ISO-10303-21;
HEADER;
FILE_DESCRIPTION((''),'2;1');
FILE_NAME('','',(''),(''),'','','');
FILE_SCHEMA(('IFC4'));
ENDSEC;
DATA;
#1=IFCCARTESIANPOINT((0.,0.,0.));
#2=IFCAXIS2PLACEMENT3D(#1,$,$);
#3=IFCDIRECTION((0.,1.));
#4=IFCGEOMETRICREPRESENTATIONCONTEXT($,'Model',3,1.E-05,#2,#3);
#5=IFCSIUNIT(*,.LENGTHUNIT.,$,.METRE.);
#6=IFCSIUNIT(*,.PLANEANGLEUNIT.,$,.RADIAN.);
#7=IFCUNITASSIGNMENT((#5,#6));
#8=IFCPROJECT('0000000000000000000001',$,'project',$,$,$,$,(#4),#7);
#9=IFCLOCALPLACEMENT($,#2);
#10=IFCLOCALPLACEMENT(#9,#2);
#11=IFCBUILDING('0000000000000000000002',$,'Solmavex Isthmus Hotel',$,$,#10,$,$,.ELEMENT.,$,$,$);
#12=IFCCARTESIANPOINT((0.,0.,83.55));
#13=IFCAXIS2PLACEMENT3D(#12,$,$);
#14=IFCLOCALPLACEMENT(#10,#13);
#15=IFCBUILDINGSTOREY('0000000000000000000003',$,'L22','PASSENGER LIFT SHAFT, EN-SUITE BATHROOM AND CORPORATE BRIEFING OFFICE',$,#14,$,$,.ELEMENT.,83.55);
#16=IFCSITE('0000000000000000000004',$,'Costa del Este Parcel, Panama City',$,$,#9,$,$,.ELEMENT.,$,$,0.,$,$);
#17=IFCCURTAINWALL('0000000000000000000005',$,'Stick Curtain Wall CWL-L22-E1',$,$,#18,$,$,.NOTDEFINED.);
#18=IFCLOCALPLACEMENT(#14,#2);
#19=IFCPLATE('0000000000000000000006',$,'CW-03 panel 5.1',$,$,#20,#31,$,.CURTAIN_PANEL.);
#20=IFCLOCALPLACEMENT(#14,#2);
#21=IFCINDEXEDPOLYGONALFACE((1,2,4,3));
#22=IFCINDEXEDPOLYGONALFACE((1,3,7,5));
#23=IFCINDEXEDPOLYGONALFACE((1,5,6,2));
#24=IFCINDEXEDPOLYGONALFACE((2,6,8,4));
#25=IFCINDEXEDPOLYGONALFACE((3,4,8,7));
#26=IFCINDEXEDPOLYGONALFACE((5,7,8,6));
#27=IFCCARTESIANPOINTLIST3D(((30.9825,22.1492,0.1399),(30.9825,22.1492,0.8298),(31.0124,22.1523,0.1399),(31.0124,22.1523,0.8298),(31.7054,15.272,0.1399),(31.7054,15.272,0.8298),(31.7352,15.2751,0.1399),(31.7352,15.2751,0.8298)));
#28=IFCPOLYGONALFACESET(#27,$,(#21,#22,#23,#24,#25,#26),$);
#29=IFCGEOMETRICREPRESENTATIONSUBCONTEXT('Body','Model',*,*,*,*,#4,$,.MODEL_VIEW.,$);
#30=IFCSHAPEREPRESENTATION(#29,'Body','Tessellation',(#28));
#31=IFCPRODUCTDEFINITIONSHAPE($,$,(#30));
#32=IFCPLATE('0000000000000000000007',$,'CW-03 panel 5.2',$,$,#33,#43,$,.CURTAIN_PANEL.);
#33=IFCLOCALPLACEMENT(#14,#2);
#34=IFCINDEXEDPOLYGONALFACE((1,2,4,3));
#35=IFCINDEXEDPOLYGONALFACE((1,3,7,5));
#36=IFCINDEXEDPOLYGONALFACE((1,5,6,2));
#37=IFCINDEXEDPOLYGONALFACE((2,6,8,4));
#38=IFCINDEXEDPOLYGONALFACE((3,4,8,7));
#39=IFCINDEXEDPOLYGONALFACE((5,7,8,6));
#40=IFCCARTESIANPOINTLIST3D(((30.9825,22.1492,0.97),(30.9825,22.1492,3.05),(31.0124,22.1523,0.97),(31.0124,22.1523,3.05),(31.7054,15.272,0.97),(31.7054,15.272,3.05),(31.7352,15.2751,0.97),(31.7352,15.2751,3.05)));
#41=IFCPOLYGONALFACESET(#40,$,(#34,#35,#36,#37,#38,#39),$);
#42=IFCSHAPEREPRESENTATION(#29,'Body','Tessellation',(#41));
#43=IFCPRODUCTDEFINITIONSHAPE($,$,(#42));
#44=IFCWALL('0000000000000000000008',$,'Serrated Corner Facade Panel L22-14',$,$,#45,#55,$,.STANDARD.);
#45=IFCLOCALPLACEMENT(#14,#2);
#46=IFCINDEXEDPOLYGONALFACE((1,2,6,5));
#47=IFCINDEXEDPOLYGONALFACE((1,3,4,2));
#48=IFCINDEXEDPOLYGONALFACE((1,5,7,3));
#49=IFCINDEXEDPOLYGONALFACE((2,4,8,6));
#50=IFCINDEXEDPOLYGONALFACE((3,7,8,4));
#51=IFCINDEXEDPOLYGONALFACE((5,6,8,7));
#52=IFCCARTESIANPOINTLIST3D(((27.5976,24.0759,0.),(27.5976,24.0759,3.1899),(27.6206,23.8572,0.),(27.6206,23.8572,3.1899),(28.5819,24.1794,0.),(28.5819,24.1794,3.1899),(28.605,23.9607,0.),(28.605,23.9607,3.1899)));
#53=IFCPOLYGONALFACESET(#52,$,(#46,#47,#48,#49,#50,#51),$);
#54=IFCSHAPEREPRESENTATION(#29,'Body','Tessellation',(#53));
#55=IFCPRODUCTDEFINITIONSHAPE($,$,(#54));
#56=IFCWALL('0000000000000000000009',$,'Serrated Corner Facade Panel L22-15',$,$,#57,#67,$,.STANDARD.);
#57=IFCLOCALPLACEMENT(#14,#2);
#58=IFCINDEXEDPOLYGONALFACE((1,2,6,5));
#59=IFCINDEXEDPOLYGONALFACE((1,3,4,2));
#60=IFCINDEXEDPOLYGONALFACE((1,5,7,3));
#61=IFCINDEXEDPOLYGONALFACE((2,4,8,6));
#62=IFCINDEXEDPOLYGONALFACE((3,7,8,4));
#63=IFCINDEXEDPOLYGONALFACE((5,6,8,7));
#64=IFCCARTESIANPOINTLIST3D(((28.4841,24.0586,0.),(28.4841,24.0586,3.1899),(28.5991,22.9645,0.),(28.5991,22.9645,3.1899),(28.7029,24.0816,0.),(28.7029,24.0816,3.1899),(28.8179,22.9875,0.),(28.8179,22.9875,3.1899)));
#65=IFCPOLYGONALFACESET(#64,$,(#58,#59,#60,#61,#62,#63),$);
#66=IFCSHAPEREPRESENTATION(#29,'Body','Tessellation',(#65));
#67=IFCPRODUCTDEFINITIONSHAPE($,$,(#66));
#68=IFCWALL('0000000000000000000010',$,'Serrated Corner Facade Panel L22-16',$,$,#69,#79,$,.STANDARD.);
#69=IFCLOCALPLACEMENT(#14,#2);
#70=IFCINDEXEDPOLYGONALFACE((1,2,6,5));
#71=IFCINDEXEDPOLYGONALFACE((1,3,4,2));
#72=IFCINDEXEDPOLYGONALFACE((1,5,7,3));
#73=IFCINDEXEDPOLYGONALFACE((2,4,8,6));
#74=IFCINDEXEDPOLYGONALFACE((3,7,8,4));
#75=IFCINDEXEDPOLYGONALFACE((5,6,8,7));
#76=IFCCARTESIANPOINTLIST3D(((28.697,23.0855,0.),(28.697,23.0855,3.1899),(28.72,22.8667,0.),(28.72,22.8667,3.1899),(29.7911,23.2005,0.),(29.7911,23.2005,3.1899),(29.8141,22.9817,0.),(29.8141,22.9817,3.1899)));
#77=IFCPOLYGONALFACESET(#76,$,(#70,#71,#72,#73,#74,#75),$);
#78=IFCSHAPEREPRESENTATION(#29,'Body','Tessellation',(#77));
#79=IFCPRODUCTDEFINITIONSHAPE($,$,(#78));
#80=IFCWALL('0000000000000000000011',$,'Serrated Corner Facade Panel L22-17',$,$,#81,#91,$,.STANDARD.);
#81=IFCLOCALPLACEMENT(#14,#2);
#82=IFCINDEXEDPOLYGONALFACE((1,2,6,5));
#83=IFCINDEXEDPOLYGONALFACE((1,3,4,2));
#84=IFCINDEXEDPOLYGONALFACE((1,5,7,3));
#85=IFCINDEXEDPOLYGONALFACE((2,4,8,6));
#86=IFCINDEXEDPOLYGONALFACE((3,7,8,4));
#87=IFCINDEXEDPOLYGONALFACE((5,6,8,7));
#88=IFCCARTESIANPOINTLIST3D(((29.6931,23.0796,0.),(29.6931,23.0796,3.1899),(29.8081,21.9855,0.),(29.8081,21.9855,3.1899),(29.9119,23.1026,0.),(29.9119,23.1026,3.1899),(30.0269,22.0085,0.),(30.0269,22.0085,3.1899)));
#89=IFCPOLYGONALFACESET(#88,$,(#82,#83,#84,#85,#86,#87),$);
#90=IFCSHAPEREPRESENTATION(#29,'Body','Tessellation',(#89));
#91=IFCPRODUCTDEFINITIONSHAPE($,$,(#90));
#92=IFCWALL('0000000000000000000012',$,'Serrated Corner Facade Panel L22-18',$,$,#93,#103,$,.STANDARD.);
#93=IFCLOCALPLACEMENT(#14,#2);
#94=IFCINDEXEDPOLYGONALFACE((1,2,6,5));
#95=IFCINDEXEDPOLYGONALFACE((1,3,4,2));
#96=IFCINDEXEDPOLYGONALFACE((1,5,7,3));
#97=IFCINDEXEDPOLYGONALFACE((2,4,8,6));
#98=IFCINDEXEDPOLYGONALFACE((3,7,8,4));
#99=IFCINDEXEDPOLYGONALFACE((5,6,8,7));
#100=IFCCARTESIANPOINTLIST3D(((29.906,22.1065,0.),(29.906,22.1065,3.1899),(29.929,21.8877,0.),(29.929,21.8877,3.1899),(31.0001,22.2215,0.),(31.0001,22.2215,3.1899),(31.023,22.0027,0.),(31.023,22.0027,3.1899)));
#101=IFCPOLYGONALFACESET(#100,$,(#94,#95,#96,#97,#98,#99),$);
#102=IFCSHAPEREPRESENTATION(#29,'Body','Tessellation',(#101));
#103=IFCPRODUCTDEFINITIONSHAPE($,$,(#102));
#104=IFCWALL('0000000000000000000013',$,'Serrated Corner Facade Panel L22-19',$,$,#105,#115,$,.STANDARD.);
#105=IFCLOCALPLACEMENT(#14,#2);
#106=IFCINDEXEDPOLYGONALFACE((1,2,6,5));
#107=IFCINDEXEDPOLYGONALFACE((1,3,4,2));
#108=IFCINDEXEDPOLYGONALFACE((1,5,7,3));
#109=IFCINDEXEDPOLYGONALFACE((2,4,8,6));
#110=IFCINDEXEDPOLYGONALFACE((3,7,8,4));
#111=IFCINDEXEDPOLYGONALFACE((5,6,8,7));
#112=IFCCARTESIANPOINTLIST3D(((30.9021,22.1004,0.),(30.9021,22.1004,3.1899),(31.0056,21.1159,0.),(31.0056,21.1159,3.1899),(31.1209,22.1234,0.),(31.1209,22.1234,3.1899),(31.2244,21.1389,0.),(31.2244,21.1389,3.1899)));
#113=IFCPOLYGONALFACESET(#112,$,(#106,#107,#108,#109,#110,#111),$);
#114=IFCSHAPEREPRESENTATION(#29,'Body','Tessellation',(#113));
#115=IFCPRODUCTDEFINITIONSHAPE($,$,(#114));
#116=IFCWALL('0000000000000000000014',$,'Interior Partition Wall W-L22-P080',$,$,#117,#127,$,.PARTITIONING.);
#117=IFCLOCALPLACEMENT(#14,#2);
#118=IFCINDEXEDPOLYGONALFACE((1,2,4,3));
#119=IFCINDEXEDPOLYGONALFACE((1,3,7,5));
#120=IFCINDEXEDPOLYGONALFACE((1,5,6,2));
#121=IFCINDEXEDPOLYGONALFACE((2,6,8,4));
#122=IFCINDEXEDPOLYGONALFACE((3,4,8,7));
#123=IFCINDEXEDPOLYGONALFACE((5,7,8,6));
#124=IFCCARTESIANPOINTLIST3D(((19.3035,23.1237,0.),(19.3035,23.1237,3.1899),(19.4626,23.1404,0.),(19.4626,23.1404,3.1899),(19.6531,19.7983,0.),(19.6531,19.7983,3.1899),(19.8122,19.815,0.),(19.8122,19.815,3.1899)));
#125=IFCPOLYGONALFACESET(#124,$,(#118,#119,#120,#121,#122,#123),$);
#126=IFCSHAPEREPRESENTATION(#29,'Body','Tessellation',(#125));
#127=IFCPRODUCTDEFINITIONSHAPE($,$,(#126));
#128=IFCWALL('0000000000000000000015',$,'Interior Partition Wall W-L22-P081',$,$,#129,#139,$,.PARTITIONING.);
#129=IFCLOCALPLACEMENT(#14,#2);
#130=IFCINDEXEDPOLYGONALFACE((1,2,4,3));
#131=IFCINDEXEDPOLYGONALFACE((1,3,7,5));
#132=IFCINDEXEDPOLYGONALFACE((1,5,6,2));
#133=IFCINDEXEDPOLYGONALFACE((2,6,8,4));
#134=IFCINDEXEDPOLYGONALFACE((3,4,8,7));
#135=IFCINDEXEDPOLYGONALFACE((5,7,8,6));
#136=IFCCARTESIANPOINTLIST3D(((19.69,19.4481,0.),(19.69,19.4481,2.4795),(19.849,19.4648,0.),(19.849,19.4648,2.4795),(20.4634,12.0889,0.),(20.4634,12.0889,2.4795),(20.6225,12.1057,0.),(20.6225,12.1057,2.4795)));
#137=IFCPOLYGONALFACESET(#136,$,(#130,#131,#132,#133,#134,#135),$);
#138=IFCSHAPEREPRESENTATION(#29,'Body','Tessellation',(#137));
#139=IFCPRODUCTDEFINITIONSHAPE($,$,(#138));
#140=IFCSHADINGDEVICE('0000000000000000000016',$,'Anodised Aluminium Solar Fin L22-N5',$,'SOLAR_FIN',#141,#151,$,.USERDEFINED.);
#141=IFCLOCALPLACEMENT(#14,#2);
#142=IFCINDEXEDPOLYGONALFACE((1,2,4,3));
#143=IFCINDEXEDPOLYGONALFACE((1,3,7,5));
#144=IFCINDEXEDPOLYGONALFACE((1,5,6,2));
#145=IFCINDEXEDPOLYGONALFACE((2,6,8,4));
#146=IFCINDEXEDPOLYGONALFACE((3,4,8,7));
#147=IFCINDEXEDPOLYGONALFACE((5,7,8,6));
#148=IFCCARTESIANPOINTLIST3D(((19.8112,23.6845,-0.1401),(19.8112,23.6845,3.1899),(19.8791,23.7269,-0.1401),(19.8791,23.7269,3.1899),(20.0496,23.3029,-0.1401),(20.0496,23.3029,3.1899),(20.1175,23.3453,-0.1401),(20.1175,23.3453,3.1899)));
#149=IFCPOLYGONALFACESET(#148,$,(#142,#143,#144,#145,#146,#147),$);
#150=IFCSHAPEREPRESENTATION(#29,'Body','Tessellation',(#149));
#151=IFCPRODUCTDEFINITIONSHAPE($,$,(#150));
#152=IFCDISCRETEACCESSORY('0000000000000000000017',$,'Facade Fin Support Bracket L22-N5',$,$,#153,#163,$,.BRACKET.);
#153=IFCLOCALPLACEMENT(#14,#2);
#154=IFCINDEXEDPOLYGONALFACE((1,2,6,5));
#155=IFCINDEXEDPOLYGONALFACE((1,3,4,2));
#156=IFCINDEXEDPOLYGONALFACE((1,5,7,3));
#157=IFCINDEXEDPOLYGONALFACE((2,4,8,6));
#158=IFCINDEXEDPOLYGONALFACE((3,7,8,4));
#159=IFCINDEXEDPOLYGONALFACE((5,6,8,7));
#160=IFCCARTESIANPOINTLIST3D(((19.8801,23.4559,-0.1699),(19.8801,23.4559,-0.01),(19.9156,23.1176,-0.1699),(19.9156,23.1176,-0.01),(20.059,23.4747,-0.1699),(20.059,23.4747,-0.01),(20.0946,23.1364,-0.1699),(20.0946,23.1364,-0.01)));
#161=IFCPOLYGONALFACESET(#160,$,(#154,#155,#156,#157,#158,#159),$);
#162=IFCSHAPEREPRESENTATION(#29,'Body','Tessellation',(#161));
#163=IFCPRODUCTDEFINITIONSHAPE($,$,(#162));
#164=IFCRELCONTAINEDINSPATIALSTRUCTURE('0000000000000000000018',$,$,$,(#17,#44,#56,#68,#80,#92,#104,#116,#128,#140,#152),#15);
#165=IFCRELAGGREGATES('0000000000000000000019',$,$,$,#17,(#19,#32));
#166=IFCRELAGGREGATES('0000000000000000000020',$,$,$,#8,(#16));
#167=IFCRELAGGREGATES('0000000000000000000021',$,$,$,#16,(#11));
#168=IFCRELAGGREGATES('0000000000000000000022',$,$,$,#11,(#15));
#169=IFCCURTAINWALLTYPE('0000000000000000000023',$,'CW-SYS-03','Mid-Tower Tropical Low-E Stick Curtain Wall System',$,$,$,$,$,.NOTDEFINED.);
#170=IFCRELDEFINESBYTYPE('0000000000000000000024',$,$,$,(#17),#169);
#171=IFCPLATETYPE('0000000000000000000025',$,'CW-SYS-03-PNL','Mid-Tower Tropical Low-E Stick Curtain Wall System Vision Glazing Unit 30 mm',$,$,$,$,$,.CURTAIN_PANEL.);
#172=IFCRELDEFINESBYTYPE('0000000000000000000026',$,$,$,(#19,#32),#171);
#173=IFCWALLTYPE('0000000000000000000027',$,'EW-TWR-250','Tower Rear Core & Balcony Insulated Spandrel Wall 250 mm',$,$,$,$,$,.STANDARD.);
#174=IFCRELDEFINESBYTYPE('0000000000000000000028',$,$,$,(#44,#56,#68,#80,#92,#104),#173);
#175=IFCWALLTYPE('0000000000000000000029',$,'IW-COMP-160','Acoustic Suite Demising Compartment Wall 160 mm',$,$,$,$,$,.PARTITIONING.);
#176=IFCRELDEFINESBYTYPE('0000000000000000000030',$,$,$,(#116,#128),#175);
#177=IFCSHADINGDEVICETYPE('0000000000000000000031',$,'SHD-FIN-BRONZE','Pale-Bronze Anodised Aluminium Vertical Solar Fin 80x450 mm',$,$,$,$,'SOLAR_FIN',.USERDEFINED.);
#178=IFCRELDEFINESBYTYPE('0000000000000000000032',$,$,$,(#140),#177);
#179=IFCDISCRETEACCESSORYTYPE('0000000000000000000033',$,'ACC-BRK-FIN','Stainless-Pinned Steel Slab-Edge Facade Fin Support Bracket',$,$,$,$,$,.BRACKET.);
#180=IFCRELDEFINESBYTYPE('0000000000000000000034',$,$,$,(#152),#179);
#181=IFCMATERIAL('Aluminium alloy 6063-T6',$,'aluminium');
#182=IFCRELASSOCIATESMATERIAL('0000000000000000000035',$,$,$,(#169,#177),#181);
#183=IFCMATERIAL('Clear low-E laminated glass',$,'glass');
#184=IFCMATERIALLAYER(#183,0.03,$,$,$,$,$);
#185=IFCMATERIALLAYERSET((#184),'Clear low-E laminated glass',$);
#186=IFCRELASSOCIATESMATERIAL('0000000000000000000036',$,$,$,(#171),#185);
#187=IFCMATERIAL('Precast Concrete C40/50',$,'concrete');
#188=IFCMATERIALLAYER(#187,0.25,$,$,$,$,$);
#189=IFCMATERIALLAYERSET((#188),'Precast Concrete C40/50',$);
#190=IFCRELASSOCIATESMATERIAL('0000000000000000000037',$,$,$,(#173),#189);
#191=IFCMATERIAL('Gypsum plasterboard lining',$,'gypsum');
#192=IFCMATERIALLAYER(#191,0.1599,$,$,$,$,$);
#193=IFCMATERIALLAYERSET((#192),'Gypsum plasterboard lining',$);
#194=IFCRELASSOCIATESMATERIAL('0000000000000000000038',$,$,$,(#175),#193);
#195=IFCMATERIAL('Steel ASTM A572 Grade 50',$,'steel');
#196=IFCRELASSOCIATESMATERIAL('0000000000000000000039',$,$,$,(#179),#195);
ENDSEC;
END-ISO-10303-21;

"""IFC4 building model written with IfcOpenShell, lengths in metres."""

from ifc_helpers import new_model, si_unit, direction, frame, frame_2d, origin, origin_2d, place, context, subcontext, project, spatial, rectangle, extrude, material, layer, layer_set, type_object, element, aggregate, save


model = new_model("IFC4")

# Units and contexts
model_context = context("Model", 3, precision=1e-05, world=origin(), true_north=direction((0.0, 1.0)))
body_context = subcontext(model_context, "Body", "Model", "MODEL_VIEW")
ifc_project = project(units=[si_unit("LENGTHUNIT", "METRE"), si_unit("PLANEANGLEUNIT", "RADIAN")], contexts=[model_context])

# Site, building, storey
site_placement = place(None, origin())
site = spatial("IfcSite", under=ifc_project, at=site_placement, Name="Costa del Este Parcel, Panama City", CompositionType="ELEMENT", RefElevation=0.0)
building_placement = place(site_placement, origin())
building = spatial("IfcBuilding", under=site, at=building_placement, Name="Solmavex Isthmus Hotel", CompositionType="ELEMENT")
storey_placement = place(building_placement, frame((0.0, 0.0, 83.55)))
storey = spatial("IfcBuildingStorey", under=building, at=storey_placement, Name="L22", Description="PASSENGER LIFT SHAFT, EN-SUITE BATHROOM AND CORPORATE BRIEFING OFFICE", CompositionType="ELEMENT", Elevation=83.55)

# Curtain wall
ifc_material_1 = material(Name="Aluminium alloy 6063-T6", Category="aluminium")
curtain_wall_type = type_object("IfcCurtainWallType", Name="CW-SYS-03", Description="Mid-Tower Tropical Low-E Stick Curtain Wall System", PredefinedType="NOTDEFINED", material=ifc_material_1)
curtain_wall_1_placement = place(storey_placement, origin())
curtain_wall_1 = element("IfcCurtainWall", 1, at=curtain_wall_1_placement, inside=storey, type_object=curtain_wall_type, Name="Stick Curtain Wall CWL-L22-E1", PredefinedType="NOTDEFINED")

# Plates
ifc_material_2 = material(Name="Clear low-E laminated glass", Category="glass")
ifc_layer_1 = layer(ifc_material_2, 0.03)
ifc_layer_set_1 = layer_set([ifc_layer_1], Name="Clear low-E laminated glass")
plate_type = type_object("IfcPlateType", Name="CW-SYS-03-PNL", Description="Mid-Tower Tropical Low-E Stick Curtain Wall System Vision Glazing Unit 30 mm", PredefinedType="CURTAIN_PANEL", material=ifc_layer_set_1)
plate_1_placement = place(storey_placement, frame((31.3589, 18.7122, 0.1399), z_axis=(0.0, 0.0, 1.0), x_axis=(-0.104528, 0.994522, 0.0)))
plate_1 = element("IfcPlate", 2, at=plate_1_placement, type_object=plate_type, Name="CW-03 panel 5.1", PredefinedType="CURTAIN_PANEL", context=body_context, shape_type="SweptSolid", body=[
    extrude(rectangle(XDim=6.915, YDim=0.03, at=origin_2d()), origin(), (0.0, 0.0, 1.0), 0.6899),
])
plate_2_placement = place(storey_placement, frame((31.3589, 18.7122, 0.97), z_axis=(0.0, 0.0, 1.0), x_axis=(-0.104528, 0.994522, 0.0)))
plate_2 = element("IfcPlate", 3, at=plate_2_placement, type_object=plate_type, Name="CW-03 panel 5.2", PredefinedType="CURTAIN_PANEL", context=body_context, shape_type="SweptSolid", body=[
    extrude(rectangle(XDim=6.915, YDim=0.03, at=origin_2d()), origin(), (0.0, 0.0, 1.0), 2.0801),
])
aggregate(curtain_wall_1, [plate_1, plate_2])

# Walls
ifc_material_3 = material(Name="Precast Concrete C40/50", Category="concrete")
ifc_layer_2 = layer(ifc_material_3, 0.25)
ifc_layer_set_2 = layer_set([ifc_layer_2], Name="Precast Concrete C40/50")
wall_type_1 = type_object("IfcWallType", Name="EW-TWR-250", Description="Tower Rear Core & Balcony Insulated Spandrel Wall 250 mm", PredefinedType="STANDARD", material=ifc_layer_set_2)
wall_1_placement = place(storey_placement, frame((27.6091, 23.9666, 0.0), z_axis=(0.0, 0.0, 1.0), x_axis=(0.994516, 0.104582, 0.0)))
element("IfcWall", 4, at=wall_1_placement, inside=storey, type_object=wall_type_1, Name="Serrated Corner Facade Panel L22-14", PredefinedType="STANDARD", context=body_context, shape_type="SweptSolid", body=[
    extrude(rectangle(XDim=0.9897, YDim=0.22, at=frame_2d((0.4949, 0.0))), origin(), (0.0, 0.0, 1.0), 3.1899),
])
for number, where, z_axis, x_axis, name in (
    (5, (28.5935, 24.0701, 0.0), (0.0, 0.0, 1.0), (0.104535, -0.994521, 0.0), "Serrated Corner Facade Panel L22-15"),
    (6, (28.7085, 22.9761, 0.0), (0.0, 0.0, 1.0), (0.994521, 0.104535, 0.0), "Serrated Corner Facade Panel L22-16"),
    (7, (29.8025, 23.0911, 0.0), (0.0, 0.0, 1.0), (0.104535, -0.994521, 0.0), "Serrated Corner Facade Panel L22-17"),
    (8, (29.9175, 21.9971, 0.0), (0.0, 0.0, 1.0), (0.994521, 0.104535, 0.0), "Serrated Corner Facade Panel L22-18"),
):
    element("IfcWall", number, at=place(storey_placement, frame(where, z_axis=z_axis, x_axis=x_axis)), inside=storey, type_object=wall_type_1, Name=name, PredefinedType="STANDARD", context=body_context, shape_type="SweptSolid", body=[
        extrude(rectangle(XDim=1.1001, YDim=0.22, at=frame_2d((0.55, 0.0))), origin(), (0.0, 0.0, 1.0), 3.1899),
    ])
wall_2_placement = place(storey_placement, frame((31.0115, 22.1121, 0.0), z_axis=(0.0, 0.0, 1.0), x_axis=(0.104556, -0.994519, 0.0)))
element("IfcWall", 9, at=wall_2_placement, inside=storey, type_object=wall_type_1, Name="Serrated Corner Facade Panel L22-19", PredefinedType="STANDARD", context=body_context, shape_type="SweptSolid", body=[
    extrude(rectangle(XDim=0.99, YDim=0.22, at=frame_2d((0.4951, 0.0))), origin(), (0.0, 0.0, 1.0), 3.1899),
])
ifc_material_4 = material(Name="Gypsum plasterboard lining", Category="gypsum")
ifc_layer_3 = layer(ifc_material_4, 0.1599)
ifc_layer_set_3 = layer_set([ifc_layer_3], Name="Gypsum plasterboard lining")
wall_type_2 = type_object("IfcWallType", Name="IW-COMP-160", Description="Acoustic Suite Demising Compartment Wall 160 mm", PredefinedType="PARTITIONING", material=ifc_layer_set_3)
wall_3_placement = place(storey_placement, frame((19.3831, 23.1321, 0.0), z_axis=(0.0, 0.0, 1.0), x_axis=(0.104556, -0.994519, 0.0)))
element("IfcWall", 10, at=wall_3_placement, inside=storey, type_object=wall_type_2, Name="Interior Partition Wall W-L22-P080", PredefinedType="PARTITIONING", context=body_context, shape_type="SweptSolid", body=[
    extrude(rectangle(XDim=3.3438, YDim=0.1599, at=frame_2d((1.6719, 0.0))), origin(), (0.0, 0.0, 1.0), 3.1899),
])
wall_4_placement = place(storey_placement, frame((19.7695, 19.4563, 0.0), z_axis=(0.0, 0.0, 1.0), x_axis=(0.104523, -0.994522, 0.0)))
element("IfcWall", 11, at=wall_4_placement, inside=storey, type_object=wall_type_2, Name="Interior Partition Wall W-L22-P081", PredefinedType="PARTITIONING", context=body_context, shape_type="SweptSolid", body=[
    extrude(rectangle(XDim=7.3997, YDim=0.1599, at=frame_2d((3.6997, 0.0))), origin(), (0.0, 0.0, 1.0), 2.4795),
])

# Shading device
shading_device_type = type_object("IfcShadingDeviceType", Name="SHD-FIN-BRONZE", Description="Pale-Bronze Anodised Aluminium Vertical Solar Fin 80x450 mm", ElementType="SOLAR_FIN", PredefinedType="USERDEFINED", material=ifc_material_1)
shading_device_placement = place(storey_placement, frame((19.9644, 23.5149, -0.1401), z_axis=(0.0, 0.0, 1.0), x_axis=(-0.529919, 0.848048, 0.0)))
element("IfcShadingDevice", 12, at=shading_device_placement, inside=storey, type_object=shading_device_type, Name="Anodised Aluminium Solar Fin L22-N5", ObjectType="SOLAR_FIN", PredefinedType="USERDEFINED", context=body_context, shape_type="SweptSolid", body=[
    extrude(rectangle(XDim=0.45, YDim=0.0801, at=origin_2d()), origin(), (0.0, 0.0, 1.0), 3.3301),
])

# Discrete accessory
ifc_material_5 = material(Name="Steel ASTM A572 Grade 50", Category="steel")
discrete_accessory_type = type_object("IfcDiscreteAccessoryType", Name="ACC-BRK-FIN", Description="Stainless-Pinned Steel Slab-Edge Facade Fin Support Bracket", PredefinedType="BRACKET", material=ifc_material_5)
discrete_accessory_placement = place(storey_placement, frame((19.9873, 23.2961, -0.1699), z_axis=(0.0, 0.0, 1.0), x_axis=(-0.104528, 0.994522, 0.0)))
element("IfcDiscreteAccessory", 13, at=discrete_accessory_placement, inside=storey, type_object=discrete_accessory_type, Name="Facade Fin Support Bracket L22-N5", PredefinedType="BRACKET", context=body_context, shape_type="SweptSolid", body=[
    extrude(rectangle(XDim=0.3401, YDim=0.1799, at=origin_2d()), origin(), (0.0, 0.0, 1.0), 0.1599),
])

save(model, "model.ifc")
